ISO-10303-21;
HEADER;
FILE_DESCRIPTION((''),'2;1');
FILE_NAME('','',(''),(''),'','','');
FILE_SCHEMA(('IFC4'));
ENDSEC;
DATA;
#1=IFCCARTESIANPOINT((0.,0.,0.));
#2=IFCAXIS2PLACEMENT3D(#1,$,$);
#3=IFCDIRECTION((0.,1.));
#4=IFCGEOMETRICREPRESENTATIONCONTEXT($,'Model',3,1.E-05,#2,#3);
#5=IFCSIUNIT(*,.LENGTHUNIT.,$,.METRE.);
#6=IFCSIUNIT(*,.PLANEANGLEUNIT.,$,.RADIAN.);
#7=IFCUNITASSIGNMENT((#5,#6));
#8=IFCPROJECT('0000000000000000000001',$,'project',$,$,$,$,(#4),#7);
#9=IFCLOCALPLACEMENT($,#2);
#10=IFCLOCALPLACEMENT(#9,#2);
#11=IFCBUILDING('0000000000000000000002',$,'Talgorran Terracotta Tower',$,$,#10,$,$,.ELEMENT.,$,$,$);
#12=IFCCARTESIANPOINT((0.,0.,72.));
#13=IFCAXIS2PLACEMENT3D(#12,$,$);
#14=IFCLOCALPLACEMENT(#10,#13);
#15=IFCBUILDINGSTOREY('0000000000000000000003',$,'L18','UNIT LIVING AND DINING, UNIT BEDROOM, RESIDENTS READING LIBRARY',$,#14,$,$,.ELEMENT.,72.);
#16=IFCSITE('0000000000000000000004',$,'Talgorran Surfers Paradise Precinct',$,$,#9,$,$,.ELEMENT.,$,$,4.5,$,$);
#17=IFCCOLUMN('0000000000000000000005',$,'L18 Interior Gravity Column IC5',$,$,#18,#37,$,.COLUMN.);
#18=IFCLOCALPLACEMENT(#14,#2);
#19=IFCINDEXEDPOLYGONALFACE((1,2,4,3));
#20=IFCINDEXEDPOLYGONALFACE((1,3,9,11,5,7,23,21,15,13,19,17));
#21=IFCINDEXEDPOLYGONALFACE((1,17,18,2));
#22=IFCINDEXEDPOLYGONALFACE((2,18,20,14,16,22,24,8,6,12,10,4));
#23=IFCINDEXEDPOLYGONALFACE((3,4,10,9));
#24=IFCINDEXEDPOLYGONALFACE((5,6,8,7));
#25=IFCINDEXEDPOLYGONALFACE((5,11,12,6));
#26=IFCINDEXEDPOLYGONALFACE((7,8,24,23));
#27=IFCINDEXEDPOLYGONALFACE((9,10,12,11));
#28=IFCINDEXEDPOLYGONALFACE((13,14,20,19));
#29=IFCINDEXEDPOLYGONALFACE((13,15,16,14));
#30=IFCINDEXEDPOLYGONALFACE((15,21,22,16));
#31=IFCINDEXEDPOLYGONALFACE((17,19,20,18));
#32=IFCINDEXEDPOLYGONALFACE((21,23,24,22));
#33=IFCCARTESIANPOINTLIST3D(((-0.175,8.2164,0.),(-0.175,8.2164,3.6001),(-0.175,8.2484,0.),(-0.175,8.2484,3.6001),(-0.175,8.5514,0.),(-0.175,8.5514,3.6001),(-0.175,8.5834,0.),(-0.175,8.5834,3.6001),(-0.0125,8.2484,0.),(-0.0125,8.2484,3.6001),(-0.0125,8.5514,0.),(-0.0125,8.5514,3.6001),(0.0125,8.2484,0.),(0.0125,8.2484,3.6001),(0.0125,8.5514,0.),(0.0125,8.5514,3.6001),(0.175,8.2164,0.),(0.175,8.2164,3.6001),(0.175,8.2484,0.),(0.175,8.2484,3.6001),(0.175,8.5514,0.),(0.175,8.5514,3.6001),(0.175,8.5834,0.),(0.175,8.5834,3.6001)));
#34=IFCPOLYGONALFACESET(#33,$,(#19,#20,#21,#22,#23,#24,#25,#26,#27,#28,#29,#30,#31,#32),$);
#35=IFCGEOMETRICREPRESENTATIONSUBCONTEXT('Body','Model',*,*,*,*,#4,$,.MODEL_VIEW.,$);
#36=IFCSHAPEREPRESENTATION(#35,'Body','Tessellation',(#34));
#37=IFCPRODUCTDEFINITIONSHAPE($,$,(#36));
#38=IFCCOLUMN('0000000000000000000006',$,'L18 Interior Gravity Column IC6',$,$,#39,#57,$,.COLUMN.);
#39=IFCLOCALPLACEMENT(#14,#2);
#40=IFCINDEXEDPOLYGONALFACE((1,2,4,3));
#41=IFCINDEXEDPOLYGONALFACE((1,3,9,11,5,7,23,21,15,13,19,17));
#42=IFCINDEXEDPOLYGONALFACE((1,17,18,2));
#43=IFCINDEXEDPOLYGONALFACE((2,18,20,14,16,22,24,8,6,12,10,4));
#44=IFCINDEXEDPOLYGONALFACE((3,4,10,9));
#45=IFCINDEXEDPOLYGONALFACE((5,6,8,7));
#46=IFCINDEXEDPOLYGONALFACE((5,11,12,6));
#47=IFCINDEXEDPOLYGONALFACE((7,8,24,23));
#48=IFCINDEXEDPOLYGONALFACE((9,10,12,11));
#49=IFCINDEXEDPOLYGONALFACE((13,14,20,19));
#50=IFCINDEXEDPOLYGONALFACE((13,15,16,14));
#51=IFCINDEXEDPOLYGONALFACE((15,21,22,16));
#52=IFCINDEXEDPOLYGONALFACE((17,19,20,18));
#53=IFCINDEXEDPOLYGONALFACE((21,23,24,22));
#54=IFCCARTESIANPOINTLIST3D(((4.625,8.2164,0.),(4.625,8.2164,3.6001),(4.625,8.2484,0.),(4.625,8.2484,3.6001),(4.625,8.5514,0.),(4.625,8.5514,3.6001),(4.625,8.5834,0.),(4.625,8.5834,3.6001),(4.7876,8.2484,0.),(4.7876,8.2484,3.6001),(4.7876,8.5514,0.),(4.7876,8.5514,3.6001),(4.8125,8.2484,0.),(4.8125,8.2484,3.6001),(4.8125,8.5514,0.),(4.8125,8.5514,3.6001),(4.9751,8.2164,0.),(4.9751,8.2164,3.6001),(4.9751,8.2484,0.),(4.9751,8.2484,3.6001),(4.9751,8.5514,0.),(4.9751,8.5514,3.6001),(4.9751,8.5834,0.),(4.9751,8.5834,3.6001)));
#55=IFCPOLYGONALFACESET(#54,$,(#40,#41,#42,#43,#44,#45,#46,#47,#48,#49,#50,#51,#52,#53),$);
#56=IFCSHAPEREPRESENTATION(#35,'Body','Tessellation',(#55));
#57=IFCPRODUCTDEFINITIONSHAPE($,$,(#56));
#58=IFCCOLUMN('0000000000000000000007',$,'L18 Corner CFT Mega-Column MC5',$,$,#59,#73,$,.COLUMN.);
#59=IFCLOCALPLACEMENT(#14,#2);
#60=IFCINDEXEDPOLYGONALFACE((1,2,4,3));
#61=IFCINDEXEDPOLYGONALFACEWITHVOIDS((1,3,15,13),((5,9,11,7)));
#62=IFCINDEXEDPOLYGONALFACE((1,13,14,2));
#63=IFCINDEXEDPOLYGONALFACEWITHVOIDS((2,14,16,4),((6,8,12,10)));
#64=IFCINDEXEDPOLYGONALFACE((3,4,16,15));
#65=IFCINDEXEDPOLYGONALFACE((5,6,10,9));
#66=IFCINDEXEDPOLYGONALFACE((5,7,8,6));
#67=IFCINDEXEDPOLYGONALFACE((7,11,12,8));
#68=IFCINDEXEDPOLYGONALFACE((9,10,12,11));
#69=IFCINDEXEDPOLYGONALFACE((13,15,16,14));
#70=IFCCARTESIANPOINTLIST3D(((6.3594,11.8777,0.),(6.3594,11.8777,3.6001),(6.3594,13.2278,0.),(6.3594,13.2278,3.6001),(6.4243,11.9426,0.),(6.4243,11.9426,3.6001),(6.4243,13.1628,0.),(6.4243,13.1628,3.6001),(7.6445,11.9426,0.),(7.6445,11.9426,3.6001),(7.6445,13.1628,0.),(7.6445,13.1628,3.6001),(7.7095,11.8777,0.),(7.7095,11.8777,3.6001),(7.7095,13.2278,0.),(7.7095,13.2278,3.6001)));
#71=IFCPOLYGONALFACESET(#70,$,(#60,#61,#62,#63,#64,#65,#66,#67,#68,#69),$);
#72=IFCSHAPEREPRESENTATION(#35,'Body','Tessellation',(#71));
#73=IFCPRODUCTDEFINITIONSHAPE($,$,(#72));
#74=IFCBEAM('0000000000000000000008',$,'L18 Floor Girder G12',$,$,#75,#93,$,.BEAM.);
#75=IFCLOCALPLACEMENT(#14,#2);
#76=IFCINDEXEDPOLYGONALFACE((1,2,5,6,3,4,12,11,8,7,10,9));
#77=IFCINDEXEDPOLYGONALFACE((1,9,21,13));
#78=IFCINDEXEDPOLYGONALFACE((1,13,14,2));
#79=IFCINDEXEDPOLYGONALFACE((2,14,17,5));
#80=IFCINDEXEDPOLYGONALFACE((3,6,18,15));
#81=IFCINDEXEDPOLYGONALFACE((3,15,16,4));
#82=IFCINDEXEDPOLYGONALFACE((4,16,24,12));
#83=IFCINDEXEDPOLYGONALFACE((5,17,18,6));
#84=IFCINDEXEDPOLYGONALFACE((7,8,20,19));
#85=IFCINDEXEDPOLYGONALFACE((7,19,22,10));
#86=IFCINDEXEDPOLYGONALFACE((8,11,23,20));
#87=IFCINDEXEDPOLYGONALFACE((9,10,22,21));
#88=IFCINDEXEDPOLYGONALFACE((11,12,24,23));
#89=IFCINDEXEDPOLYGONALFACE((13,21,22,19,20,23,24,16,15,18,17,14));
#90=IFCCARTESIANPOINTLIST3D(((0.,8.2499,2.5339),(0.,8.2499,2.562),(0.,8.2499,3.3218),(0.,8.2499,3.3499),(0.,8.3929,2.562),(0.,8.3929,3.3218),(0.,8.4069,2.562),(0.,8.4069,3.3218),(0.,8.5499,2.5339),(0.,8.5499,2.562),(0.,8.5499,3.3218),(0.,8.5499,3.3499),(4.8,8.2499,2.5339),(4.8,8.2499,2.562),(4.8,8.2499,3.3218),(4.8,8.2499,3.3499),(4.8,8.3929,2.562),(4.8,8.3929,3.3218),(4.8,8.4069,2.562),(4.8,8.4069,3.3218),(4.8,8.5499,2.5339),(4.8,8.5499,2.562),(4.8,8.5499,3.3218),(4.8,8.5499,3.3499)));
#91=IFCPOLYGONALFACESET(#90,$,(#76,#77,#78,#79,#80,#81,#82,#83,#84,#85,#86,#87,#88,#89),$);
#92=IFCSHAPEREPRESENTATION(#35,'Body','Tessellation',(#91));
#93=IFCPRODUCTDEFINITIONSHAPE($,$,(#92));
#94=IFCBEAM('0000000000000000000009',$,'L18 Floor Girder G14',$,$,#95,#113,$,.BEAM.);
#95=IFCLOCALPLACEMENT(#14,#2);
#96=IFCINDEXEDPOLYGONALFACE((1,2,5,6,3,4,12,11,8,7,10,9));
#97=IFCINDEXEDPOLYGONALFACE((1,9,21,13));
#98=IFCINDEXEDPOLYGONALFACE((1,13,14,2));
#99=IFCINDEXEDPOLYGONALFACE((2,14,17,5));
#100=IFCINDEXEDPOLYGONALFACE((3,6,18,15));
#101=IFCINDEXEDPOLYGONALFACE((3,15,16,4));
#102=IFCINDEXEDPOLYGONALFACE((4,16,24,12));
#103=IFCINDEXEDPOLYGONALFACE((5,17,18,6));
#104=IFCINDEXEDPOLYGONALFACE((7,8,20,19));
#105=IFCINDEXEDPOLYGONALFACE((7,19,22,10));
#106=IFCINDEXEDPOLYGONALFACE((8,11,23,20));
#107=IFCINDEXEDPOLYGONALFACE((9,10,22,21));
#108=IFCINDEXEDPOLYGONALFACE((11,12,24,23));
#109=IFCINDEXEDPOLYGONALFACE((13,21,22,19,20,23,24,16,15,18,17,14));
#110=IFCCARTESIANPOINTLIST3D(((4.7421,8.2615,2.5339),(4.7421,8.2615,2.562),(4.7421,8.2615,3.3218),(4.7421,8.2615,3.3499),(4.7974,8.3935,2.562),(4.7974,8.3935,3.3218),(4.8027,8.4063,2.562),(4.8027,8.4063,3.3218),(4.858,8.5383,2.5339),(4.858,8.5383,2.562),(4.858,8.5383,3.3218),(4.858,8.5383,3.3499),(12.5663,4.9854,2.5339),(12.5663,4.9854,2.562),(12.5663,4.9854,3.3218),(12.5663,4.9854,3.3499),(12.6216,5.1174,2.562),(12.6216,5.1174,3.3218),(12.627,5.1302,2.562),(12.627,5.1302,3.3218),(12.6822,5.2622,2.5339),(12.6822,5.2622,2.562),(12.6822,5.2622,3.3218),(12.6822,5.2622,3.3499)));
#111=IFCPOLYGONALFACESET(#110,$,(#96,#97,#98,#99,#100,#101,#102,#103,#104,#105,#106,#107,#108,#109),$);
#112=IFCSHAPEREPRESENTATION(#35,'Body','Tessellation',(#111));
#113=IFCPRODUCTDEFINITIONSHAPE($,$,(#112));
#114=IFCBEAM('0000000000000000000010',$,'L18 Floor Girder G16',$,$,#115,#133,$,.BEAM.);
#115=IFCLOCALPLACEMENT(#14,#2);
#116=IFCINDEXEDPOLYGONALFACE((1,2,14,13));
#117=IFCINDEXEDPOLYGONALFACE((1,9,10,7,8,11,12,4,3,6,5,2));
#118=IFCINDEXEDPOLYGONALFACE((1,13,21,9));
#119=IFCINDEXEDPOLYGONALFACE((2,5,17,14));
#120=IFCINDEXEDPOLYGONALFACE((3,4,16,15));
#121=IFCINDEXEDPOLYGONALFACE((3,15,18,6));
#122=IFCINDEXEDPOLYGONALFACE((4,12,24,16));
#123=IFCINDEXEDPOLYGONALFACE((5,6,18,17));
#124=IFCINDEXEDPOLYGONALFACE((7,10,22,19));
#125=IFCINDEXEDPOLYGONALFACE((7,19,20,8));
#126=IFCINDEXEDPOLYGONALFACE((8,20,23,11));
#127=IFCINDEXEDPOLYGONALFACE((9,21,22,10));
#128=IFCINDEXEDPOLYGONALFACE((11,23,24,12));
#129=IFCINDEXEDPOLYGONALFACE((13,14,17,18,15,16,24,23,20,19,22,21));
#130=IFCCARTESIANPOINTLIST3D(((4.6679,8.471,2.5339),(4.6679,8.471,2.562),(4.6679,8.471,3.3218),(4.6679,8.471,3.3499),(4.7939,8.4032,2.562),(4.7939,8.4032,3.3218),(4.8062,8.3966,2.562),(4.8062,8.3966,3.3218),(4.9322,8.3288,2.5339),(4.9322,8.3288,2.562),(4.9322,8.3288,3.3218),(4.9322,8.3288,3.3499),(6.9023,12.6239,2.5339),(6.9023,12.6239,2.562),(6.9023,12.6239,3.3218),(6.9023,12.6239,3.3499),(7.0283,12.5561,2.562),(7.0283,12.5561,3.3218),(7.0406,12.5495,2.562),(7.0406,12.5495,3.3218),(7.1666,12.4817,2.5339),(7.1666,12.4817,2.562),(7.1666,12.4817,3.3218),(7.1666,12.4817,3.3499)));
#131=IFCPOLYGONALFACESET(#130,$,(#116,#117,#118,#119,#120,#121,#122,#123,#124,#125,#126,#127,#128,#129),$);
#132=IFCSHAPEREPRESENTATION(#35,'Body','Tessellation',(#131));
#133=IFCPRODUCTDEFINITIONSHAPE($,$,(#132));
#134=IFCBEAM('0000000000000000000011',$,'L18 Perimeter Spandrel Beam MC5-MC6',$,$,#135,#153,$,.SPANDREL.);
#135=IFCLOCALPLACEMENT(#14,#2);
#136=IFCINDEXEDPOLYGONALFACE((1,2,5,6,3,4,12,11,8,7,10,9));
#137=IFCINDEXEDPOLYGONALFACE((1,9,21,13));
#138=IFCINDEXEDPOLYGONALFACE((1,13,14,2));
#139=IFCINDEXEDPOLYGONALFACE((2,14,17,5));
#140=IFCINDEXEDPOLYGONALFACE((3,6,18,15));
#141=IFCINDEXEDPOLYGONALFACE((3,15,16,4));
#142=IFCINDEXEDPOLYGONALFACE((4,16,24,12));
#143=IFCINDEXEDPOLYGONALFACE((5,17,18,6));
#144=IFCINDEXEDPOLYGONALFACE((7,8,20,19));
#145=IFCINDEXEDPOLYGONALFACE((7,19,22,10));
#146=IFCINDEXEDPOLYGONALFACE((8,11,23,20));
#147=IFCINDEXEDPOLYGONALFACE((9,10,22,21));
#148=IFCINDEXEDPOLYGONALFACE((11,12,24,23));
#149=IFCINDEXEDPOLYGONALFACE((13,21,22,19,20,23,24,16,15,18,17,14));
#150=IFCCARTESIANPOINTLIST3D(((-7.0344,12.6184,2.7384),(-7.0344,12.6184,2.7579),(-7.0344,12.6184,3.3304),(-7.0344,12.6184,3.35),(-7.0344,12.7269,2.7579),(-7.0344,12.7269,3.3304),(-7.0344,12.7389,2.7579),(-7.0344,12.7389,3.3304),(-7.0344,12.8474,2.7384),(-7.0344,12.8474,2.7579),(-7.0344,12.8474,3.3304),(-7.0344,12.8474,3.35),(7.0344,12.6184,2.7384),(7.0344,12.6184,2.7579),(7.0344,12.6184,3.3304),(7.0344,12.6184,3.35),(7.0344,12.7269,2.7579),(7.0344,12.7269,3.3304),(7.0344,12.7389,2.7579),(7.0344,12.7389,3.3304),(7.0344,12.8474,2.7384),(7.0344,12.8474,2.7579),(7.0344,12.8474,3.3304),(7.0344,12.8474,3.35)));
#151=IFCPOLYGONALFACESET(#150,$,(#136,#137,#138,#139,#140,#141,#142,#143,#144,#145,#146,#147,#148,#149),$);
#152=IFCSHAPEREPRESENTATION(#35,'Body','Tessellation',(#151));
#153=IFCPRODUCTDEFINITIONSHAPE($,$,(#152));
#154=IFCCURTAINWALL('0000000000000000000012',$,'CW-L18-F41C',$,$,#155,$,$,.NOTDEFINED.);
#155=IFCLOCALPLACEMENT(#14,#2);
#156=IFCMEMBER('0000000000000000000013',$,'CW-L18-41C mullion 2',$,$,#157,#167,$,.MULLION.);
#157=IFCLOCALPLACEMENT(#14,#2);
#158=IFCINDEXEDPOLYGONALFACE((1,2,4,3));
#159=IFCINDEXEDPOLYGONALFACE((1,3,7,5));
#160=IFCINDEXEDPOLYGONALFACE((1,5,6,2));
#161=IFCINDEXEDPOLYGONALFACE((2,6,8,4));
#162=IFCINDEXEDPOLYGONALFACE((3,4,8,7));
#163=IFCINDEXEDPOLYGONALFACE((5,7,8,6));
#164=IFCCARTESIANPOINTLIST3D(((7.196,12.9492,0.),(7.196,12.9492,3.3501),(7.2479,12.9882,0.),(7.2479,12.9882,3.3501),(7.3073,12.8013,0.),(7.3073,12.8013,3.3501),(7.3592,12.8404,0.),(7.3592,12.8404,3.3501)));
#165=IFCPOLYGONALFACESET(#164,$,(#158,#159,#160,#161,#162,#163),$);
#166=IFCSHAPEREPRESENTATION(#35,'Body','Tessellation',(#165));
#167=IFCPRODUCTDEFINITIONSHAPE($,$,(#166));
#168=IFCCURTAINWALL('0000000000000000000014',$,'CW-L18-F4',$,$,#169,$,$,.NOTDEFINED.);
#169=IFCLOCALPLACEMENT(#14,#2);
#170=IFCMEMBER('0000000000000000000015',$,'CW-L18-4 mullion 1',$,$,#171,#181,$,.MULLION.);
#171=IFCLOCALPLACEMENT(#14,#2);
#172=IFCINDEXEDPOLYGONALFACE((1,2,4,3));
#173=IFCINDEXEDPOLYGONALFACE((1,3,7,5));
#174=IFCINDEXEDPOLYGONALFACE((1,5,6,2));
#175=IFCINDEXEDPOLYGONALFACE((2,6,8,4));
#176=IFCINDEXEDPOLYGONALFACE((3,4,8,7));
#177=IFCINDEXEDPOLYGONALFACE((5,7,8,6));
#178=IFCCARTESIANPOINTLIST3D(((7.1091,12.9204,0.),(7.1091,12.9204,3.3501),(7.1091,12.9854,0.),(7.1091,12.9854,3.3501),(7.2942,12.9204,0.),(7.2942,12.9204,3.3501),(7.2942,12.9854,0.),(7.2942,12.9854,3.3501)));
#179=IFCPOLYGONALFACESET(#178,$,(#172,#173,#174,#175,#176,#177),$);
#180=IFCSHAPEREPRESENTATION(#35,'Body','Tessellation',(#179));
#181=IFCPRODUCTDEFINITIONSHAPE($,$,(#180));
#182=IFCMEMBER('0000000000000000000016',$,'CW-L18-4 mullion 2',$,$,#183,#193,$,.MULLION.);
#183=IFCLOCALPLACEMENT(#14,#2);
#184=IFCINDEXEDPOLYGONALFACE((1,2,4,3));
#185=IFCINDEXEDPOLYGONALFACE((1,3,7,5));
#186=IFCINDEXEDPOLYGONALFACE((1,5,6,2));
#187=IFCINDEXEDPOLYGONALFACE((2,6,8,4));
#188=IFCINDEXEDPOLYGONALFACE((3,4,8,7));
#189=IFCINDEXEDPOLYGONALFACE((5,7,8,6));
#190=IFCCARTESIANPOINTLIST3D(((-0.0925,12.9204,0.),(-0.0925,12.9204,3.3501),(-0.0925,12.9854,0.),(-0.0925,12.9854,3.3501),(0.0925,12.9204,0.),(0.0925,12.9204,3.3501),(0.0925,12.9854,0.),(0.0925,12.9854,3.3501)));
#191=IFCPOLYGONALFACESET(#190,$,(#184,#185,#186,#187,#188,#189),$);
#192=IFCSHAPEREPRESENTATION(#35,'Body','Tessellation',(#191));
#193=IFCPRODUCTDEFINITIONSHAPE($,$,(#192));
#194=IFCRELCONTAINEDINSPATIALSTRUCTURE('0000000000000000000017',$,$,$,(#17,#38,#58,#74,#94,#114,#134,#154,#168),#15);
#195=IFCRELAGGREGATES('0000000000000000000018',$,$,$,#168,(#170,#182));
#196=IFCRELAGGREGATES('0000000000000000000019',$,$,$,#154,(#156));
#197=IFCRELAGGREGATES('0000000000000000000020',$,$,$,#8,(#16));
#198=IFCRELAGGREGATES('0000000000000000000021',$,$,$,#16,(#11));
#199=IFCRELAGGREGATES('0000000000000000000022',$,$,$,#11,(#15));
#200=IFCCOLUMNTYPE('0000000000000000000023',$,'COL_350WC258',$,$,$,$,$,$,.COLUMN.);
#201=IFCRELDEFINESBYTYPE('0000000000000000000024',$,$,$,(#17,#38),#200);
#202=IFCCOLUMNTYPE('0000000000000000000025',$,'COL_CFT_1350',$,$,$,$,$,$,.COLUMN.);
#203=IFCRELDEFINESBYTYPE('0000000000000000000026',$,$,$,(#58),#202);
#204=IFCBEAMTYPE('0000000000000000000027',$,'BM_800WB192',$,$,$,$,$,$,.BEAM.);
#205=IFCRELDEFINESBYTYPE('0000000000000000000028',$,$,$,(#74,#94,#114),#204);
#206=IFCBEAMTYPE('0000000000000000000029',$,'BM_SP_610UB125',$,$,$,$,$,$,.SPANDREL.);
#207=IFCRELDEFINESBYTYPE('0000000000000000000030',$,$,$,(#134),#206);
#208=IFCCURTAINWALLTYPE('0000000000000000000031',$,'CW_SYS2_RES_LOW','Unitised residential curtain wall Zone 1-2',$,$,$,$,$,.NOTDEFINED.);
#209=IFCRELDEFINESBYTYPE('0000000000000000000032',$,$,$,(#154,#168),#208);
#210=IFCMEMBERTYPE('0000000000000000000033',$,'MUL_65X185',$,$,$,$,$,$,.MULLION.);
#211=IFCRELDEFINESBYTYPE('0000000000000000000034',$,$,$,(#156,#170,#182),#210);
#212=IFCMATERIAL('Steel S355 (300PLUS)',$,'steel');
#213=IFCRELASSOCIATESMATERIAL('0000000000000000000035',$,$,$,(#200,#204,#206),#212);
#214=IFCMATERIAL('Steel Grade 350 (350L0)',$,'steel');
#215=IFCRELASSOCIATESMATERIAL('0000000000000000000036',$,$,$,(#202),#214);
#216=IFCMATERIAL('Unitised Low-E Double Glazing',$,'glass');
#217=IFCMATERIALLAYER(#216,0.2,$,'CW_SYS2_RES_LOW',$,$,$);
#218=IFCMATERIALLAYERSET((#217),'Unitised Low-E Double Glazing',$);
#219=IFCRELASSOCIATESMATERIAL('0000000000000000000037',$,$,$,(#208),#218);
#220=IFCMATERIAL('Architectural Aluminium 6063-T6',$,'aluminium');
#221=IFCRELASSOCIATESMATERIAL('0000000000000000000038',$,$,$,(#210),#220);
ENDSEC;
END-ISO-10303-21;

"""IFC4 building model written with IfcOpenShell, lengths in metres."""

from ifc_helpers import new_model, si_unit, direction, frame, origin, origin_2d, place, context, subcontext, project, spatial, rectangle, hollow_rectangle, i_section, extrude, material, layer, layer_set, material_profile, profile_set, type_object, element, aggregate, save


model = new_model("IFC4")

# Units and contexts
model_context = context("Model", 3, precision=1e-05, world=origin(), true_north=direction((0.0, 1.0)))
body_context = subcontext(model_context, "Body", "Model", "MODEL_VIEW")
ifc_project = project(units=[si_unit("LENGTHUNIT", "METRE"), si_unit("PLANEANGLEUNIT", "RADIAN")], contexts=[model_context])

# Site, building, storey
site_placement = place(None, origin())
site = spatial("IfcSite", under=ifc_project, at=site_placement, Name="Talgorran Surfers Paradise Precinct", CompositionType="ELEMENT", RefElevation=4.5)
building_placement = place(site_placement, origin())
building = spatial("IfcBuilding", under=site, at=building_placement, Name="Talgorran Terracotta Tower", CompositionType="ELEMENT")
storey_placement = place(building_placement, frame((0.0, 0.0, 72.0)))
storey = spatial("IfcBuildingStorey", under=building, at=storey_placement, Name="L18", Description="UNIT LIVING AND DINING, UNIT BEDROOM, RESIDENTS READING LIBRARY", CompositionType="ELEMENT", Elevation=72.0)

# Columns
ifc_material_1 = material(Name="Steel S355 (300PLUS)", Category="steel")
ifc_material_profile_1 = material_profile(ifc_material_1, i_section(OverallWidth=0.3501, OverallDepth=0.3669, WebThickness=0.0249, FlangeThickness=0.032, at=origin_2d()), Name="350WC258")
ifc_profile_set_1 = profile_set([ifc_material_profile_1], Name="Steel S355 (300PLUS)")
column_type_1 = type_object("IfcColumnType", Name="COL_350WC258", PredefinedType="COLUMN", material=ifc_profile_set_1)
for number, where, z_axis, x_axis, name in (
    (1, (0.0, 8.3999, 0.0), (0.0, 0.0, 1.0), (1.0, 0.0, 0.0), "L18 Interior Gravity Column IC5"),
    (2, (4.8, 8.3999, 0.0), (0.0, 0.0, 1.0), (1.0, 0.0, 0.0), "L18 Interior Gravity Column IC6"),
):
    element("IfcColumn", number, at=place(storey_placement, frame(where, z_axis=z_axis, x_axis=x_axis)), inside=storey, type_object=column_type_1, Name=name, PredefinedType="COLUMN", context=body_context, shape_type="SweptSolid", body=[
        extrude(i_section(OverallWidth=0.3501, OverallDepth=0.3669, WebThickness=0.0249, FlangeThickness=0.032, at=origin_2d()), origin(), (0.0, 0.0, 1.0), 3.6001),
    ])
ifc_material_2 = material(Name="Steel Grade 350 (350L0)", Category="steel")
ifc_material_profile_2 = material_profile(ifc_material_2, hollow_rectangle(XDim=1.3501, YDim=1.3501, WallThickness=0.0649, at=origin_2d()), Name="CFT1350X1350X65")
ifc_profile_set_2 = profile_set([ifc_material_profile_2], Name="Steel Grade 350 (350L0)")
column_type_2 = type_object("IfcColumnType", Name="COL_CFT_1350", PredefinedType="COLUMN", material=ifc_profile_set_2)
column_placement = place(storey_placement, frame((7.0344, 12.5527, 0.0), z_axis=(0.0, 0.0, 1.0), x_axis=(1.0, 0.0, 0.0)))
element("IfcColumn", 3, at=column_placement, inside=storey, type_object=column_type_2, Name="L18 Corner CFT Mega-Column MC5", PredefinedType="COLUMN", context=body_context, shape_type="SweptSolid", body=[
    extrude(hollow_rectangle(XDim=1.3501, YDim=1.3501, WallThickness=0.0649, at=origin_2d()), origin(), (0.0, 0.0, 1.0), 3.6001),
])

# Beams
ifc_material_profile_3 = material_profile(ifc_material_1, i_section(OverallWidth=0.3, OverallDepth=0.8159, WebThickness=0.0139, FlangeThickness=0.0281, at=origin_2d()), Name="800WB192")
ifc_profile_set_3 = profile_set([ifc_material_profile_3], Name="Steel S355 (300PLUS)")
beam_type_1 = type_object("IfcBeamType", Name="BM_800WB192", PredefinedType="BEAM", material=ifc_profile_set_3)
beam_1_placement = place(storey_placement, frame((0.0, 8.3999, 2.9419), z_axis=(1.0, 0.0, 0.0), x_axis=(0.0, 1.0, 0.0)))
element("IfcBeam", 4, at=beam_1_placement, inside=storey, type_object=beam_type_1, Name="L18 Floor Girder G12", PredefinedType="BEAM", context=body_context, shape_type="SweptSolid", body=[
    extrude(i_section(OverallWidth=0.3, OverallDepth=0.8159, WebThickness=0.0139, FlangeThickness=0.0281, at=origin_2d()), origin(), (0.0, 0.0, 1.0), 4.8),
])
beam_2_placement = place(storey_placement, frame((4.8, 8.3999, 2.9419), z_axis=(0.922405, -0.386225, 0.0), x_axis=(0.386225, 0.922405, 0.0)))
element("IfcBeam", 5, at=beam_2_placement, inside=storey, type_object=beam_type_1, Name="L18 Floor Girder G14", PredefinedType="BEAM", context=body_context, shape_type="SweptSolid", body=[
    extrude(i_section(OverallWidth=0.3, OverallDepth=0.8159, WebThickness=0.0139, FlangeThickness=0.0281, at=origin_2d()), origin(), (0.0, 0.0, 1.0), 8.4824),
])
beam_3_placement = place(storey_placement, frame((4.8, 8.3999, 2.9419), z_axis=(0.47381, 0.880627, 0.0), x_axis=(-0.880627, 0.47381, 0.0)))
element("IfcBeam", 6, at=beam_3_placement, inside=storey, type_object=beam_type_1, Name="L18 Floor Girder G16", PredefinedType="BEAM", context=body_context, shape_type="SweptSolid", body=[
    extrude(i_section(OverallWidth=0.3, OverallDepth=0.8159, WebThickness=0.0139, FlangeThickness=0.0281, at=origin_2d()), origin(), (0.0, 0.0, 1.0), 4.7158),
])
ifc_material_profile_4 = material_profile(ifc_material_1, i_section(OverallWidth=0.229, OverallDepth=0.6116, WebThickness=0.012, FlangeThickness=0.0195, at=origin_2d()), Name="610UB125")
ifc_profile_set_4 = profile_set([ifc_material_profile_4], Name="Steel S355 (300PLUS)")
beam_type_2 = type_object("IfcBeamType", Name="BM_SP_610UB125", PredefinedType="SPANDREL", material=ifc_profile_set_4)
beam_4_placement = place(storey_placement, frame((7.0344, 12.7329, 3.0442), z_axis=(-1.0, 0.0, 0.0), x_axis=(0.0, -1.0, 0.0)))
element("IfcBeam", 7, at=beam_4_placement, inside=storey, type_object=beam_type_2, Name="L18 Perimeter Spandrel Beam MC5-MC6", PredefinedType="SPANDREL", context=body_context, shape_type="SweptSolid", body=[
    extrude(i_section(OverallWidth=0.229, OverallDepth=0.6116, WebThickness=0.012, FlangeThickness=0.0195, at=origin_2d()), origin(), (0.0, 0.0, 1.0), 14.0688),
])

# Curtain wall, member
ifc_material_3 = material(Name="Unitised Low-E Double Glazing", Category="glass")
ifc_layer_1 = layer(ifc_material_3, 0.2, Name="CW_SYS2_RES_LOW")
ifc_layer_set_1 = layer_set([ifc_layer_1], Name="Unitised Low-E Double Glazing")
curtain_wall_type = type_object("IfcCurtainWallType", Name="CW_SYS2_RES_LOW", Description="Unitised residential curtain wall Zone 1-2", PredefinedType="NOTDEFINED", material=ifc_layer_set_1)
curtain_wall_1_placement = place(storey_placement, origin())
curtain_wall_1 = element("IfcCurtainWall", 8, at=curtain_wall_1_placement, inside=storey, type_object=curtain_wall_type, Name="CW-L18-F41C", PredefinedType="NOTDEFINED")
ifc_material_4 = material(Name="Architectural Aluminium 6063-T6", Category="aluminium")
ifc_material_profile_5 = material_profile(ifc_material_4, rectangle(XDim=0.0649, YDim=0.1851, at=origin_2d()), Name="CWM65X185")
ifc_profile_set_5 = profile_set([ifc_material_profile_5], Name="Architectural Aluminium 6063-T6")
member_type_1 = type_object("IfcMemberType", Name="MUL_65X185", PredefinedType="MULLION", material=ifc_profile_set_5)
member_1_placement = place(storey_placement, frame((7.2776, 12.8948, 0.0), z_axis=(0.0, 0.0, 1.0), x_axis=(-0.799059, -0.601252, 0.0)))
member_1 = element("IfcMember", 9, at=member_1_placement, type_object=member_type_1, Name="CW-L18-41C mullion 2", PredefinedType="MULLION", context=body_context, shape_type="SweptSolid", body=[
    extrude(rectangle(XDim=0.0649, YDim=0.1851, at=origin_2d()), origin(), (0.0, 0.0, 1.0), 3.3501),
])

# Curtain wall, members
curtain_wall_2_placement = place(storey_placement, origin())
curtain_wall_2 = element("IfcCurtainWall", 10, at=curtain_wall_2_placement, inside=storey, type_object=curtain_wall_type, Name="CW-L18-F4", PredefinedType="NOTDEFINED")
member_2_placement = place(storey_placement, frame((7.2017, 12.9529, 0.0), z_axis=(0.0, 0.0, 1.0), x_axis=(0.0, -1.0, 0.0)))
member_2 = element("IfcMember", 11, at=member_2_placement, type_object=member_type_1, Name="CW-L18-4 mullion 1", PredefinedType="MULLION", context=body_context, shape_type="SweptSolid", body=[
    extrude(rectangle(XDim=0.0649, YDim=0.1851, at=origin_2d()), origin(), (0.0, 0.0, 1.0), 3.3501),
])
member_3_placement = place(storey_placement, frame((0.0, 12.9529, 0.0), z_axis=(0.0, 0.0, 1.0), x_axis=(0.0, -1.0, 0.0)))
member_3 = element("IfcMember", 12, at=member_3_placement, type_object=member_type_1, Name="CW-L18-4 mullion 2", PredefinedType="MULLION", context=body_context, shape_type="SweptSolid", body=[
    extrude(rectangle(XDim=0.0649, YDim=0.1851, at=origin_2d()), origin(), (0.0, 0.0, 1.0), 3.3501),
])
aggregate(curtain_wall_2, [member_2, member_3])

aggregate(curtain_wall_1, [member_1])

save(model, "model.ifc")
